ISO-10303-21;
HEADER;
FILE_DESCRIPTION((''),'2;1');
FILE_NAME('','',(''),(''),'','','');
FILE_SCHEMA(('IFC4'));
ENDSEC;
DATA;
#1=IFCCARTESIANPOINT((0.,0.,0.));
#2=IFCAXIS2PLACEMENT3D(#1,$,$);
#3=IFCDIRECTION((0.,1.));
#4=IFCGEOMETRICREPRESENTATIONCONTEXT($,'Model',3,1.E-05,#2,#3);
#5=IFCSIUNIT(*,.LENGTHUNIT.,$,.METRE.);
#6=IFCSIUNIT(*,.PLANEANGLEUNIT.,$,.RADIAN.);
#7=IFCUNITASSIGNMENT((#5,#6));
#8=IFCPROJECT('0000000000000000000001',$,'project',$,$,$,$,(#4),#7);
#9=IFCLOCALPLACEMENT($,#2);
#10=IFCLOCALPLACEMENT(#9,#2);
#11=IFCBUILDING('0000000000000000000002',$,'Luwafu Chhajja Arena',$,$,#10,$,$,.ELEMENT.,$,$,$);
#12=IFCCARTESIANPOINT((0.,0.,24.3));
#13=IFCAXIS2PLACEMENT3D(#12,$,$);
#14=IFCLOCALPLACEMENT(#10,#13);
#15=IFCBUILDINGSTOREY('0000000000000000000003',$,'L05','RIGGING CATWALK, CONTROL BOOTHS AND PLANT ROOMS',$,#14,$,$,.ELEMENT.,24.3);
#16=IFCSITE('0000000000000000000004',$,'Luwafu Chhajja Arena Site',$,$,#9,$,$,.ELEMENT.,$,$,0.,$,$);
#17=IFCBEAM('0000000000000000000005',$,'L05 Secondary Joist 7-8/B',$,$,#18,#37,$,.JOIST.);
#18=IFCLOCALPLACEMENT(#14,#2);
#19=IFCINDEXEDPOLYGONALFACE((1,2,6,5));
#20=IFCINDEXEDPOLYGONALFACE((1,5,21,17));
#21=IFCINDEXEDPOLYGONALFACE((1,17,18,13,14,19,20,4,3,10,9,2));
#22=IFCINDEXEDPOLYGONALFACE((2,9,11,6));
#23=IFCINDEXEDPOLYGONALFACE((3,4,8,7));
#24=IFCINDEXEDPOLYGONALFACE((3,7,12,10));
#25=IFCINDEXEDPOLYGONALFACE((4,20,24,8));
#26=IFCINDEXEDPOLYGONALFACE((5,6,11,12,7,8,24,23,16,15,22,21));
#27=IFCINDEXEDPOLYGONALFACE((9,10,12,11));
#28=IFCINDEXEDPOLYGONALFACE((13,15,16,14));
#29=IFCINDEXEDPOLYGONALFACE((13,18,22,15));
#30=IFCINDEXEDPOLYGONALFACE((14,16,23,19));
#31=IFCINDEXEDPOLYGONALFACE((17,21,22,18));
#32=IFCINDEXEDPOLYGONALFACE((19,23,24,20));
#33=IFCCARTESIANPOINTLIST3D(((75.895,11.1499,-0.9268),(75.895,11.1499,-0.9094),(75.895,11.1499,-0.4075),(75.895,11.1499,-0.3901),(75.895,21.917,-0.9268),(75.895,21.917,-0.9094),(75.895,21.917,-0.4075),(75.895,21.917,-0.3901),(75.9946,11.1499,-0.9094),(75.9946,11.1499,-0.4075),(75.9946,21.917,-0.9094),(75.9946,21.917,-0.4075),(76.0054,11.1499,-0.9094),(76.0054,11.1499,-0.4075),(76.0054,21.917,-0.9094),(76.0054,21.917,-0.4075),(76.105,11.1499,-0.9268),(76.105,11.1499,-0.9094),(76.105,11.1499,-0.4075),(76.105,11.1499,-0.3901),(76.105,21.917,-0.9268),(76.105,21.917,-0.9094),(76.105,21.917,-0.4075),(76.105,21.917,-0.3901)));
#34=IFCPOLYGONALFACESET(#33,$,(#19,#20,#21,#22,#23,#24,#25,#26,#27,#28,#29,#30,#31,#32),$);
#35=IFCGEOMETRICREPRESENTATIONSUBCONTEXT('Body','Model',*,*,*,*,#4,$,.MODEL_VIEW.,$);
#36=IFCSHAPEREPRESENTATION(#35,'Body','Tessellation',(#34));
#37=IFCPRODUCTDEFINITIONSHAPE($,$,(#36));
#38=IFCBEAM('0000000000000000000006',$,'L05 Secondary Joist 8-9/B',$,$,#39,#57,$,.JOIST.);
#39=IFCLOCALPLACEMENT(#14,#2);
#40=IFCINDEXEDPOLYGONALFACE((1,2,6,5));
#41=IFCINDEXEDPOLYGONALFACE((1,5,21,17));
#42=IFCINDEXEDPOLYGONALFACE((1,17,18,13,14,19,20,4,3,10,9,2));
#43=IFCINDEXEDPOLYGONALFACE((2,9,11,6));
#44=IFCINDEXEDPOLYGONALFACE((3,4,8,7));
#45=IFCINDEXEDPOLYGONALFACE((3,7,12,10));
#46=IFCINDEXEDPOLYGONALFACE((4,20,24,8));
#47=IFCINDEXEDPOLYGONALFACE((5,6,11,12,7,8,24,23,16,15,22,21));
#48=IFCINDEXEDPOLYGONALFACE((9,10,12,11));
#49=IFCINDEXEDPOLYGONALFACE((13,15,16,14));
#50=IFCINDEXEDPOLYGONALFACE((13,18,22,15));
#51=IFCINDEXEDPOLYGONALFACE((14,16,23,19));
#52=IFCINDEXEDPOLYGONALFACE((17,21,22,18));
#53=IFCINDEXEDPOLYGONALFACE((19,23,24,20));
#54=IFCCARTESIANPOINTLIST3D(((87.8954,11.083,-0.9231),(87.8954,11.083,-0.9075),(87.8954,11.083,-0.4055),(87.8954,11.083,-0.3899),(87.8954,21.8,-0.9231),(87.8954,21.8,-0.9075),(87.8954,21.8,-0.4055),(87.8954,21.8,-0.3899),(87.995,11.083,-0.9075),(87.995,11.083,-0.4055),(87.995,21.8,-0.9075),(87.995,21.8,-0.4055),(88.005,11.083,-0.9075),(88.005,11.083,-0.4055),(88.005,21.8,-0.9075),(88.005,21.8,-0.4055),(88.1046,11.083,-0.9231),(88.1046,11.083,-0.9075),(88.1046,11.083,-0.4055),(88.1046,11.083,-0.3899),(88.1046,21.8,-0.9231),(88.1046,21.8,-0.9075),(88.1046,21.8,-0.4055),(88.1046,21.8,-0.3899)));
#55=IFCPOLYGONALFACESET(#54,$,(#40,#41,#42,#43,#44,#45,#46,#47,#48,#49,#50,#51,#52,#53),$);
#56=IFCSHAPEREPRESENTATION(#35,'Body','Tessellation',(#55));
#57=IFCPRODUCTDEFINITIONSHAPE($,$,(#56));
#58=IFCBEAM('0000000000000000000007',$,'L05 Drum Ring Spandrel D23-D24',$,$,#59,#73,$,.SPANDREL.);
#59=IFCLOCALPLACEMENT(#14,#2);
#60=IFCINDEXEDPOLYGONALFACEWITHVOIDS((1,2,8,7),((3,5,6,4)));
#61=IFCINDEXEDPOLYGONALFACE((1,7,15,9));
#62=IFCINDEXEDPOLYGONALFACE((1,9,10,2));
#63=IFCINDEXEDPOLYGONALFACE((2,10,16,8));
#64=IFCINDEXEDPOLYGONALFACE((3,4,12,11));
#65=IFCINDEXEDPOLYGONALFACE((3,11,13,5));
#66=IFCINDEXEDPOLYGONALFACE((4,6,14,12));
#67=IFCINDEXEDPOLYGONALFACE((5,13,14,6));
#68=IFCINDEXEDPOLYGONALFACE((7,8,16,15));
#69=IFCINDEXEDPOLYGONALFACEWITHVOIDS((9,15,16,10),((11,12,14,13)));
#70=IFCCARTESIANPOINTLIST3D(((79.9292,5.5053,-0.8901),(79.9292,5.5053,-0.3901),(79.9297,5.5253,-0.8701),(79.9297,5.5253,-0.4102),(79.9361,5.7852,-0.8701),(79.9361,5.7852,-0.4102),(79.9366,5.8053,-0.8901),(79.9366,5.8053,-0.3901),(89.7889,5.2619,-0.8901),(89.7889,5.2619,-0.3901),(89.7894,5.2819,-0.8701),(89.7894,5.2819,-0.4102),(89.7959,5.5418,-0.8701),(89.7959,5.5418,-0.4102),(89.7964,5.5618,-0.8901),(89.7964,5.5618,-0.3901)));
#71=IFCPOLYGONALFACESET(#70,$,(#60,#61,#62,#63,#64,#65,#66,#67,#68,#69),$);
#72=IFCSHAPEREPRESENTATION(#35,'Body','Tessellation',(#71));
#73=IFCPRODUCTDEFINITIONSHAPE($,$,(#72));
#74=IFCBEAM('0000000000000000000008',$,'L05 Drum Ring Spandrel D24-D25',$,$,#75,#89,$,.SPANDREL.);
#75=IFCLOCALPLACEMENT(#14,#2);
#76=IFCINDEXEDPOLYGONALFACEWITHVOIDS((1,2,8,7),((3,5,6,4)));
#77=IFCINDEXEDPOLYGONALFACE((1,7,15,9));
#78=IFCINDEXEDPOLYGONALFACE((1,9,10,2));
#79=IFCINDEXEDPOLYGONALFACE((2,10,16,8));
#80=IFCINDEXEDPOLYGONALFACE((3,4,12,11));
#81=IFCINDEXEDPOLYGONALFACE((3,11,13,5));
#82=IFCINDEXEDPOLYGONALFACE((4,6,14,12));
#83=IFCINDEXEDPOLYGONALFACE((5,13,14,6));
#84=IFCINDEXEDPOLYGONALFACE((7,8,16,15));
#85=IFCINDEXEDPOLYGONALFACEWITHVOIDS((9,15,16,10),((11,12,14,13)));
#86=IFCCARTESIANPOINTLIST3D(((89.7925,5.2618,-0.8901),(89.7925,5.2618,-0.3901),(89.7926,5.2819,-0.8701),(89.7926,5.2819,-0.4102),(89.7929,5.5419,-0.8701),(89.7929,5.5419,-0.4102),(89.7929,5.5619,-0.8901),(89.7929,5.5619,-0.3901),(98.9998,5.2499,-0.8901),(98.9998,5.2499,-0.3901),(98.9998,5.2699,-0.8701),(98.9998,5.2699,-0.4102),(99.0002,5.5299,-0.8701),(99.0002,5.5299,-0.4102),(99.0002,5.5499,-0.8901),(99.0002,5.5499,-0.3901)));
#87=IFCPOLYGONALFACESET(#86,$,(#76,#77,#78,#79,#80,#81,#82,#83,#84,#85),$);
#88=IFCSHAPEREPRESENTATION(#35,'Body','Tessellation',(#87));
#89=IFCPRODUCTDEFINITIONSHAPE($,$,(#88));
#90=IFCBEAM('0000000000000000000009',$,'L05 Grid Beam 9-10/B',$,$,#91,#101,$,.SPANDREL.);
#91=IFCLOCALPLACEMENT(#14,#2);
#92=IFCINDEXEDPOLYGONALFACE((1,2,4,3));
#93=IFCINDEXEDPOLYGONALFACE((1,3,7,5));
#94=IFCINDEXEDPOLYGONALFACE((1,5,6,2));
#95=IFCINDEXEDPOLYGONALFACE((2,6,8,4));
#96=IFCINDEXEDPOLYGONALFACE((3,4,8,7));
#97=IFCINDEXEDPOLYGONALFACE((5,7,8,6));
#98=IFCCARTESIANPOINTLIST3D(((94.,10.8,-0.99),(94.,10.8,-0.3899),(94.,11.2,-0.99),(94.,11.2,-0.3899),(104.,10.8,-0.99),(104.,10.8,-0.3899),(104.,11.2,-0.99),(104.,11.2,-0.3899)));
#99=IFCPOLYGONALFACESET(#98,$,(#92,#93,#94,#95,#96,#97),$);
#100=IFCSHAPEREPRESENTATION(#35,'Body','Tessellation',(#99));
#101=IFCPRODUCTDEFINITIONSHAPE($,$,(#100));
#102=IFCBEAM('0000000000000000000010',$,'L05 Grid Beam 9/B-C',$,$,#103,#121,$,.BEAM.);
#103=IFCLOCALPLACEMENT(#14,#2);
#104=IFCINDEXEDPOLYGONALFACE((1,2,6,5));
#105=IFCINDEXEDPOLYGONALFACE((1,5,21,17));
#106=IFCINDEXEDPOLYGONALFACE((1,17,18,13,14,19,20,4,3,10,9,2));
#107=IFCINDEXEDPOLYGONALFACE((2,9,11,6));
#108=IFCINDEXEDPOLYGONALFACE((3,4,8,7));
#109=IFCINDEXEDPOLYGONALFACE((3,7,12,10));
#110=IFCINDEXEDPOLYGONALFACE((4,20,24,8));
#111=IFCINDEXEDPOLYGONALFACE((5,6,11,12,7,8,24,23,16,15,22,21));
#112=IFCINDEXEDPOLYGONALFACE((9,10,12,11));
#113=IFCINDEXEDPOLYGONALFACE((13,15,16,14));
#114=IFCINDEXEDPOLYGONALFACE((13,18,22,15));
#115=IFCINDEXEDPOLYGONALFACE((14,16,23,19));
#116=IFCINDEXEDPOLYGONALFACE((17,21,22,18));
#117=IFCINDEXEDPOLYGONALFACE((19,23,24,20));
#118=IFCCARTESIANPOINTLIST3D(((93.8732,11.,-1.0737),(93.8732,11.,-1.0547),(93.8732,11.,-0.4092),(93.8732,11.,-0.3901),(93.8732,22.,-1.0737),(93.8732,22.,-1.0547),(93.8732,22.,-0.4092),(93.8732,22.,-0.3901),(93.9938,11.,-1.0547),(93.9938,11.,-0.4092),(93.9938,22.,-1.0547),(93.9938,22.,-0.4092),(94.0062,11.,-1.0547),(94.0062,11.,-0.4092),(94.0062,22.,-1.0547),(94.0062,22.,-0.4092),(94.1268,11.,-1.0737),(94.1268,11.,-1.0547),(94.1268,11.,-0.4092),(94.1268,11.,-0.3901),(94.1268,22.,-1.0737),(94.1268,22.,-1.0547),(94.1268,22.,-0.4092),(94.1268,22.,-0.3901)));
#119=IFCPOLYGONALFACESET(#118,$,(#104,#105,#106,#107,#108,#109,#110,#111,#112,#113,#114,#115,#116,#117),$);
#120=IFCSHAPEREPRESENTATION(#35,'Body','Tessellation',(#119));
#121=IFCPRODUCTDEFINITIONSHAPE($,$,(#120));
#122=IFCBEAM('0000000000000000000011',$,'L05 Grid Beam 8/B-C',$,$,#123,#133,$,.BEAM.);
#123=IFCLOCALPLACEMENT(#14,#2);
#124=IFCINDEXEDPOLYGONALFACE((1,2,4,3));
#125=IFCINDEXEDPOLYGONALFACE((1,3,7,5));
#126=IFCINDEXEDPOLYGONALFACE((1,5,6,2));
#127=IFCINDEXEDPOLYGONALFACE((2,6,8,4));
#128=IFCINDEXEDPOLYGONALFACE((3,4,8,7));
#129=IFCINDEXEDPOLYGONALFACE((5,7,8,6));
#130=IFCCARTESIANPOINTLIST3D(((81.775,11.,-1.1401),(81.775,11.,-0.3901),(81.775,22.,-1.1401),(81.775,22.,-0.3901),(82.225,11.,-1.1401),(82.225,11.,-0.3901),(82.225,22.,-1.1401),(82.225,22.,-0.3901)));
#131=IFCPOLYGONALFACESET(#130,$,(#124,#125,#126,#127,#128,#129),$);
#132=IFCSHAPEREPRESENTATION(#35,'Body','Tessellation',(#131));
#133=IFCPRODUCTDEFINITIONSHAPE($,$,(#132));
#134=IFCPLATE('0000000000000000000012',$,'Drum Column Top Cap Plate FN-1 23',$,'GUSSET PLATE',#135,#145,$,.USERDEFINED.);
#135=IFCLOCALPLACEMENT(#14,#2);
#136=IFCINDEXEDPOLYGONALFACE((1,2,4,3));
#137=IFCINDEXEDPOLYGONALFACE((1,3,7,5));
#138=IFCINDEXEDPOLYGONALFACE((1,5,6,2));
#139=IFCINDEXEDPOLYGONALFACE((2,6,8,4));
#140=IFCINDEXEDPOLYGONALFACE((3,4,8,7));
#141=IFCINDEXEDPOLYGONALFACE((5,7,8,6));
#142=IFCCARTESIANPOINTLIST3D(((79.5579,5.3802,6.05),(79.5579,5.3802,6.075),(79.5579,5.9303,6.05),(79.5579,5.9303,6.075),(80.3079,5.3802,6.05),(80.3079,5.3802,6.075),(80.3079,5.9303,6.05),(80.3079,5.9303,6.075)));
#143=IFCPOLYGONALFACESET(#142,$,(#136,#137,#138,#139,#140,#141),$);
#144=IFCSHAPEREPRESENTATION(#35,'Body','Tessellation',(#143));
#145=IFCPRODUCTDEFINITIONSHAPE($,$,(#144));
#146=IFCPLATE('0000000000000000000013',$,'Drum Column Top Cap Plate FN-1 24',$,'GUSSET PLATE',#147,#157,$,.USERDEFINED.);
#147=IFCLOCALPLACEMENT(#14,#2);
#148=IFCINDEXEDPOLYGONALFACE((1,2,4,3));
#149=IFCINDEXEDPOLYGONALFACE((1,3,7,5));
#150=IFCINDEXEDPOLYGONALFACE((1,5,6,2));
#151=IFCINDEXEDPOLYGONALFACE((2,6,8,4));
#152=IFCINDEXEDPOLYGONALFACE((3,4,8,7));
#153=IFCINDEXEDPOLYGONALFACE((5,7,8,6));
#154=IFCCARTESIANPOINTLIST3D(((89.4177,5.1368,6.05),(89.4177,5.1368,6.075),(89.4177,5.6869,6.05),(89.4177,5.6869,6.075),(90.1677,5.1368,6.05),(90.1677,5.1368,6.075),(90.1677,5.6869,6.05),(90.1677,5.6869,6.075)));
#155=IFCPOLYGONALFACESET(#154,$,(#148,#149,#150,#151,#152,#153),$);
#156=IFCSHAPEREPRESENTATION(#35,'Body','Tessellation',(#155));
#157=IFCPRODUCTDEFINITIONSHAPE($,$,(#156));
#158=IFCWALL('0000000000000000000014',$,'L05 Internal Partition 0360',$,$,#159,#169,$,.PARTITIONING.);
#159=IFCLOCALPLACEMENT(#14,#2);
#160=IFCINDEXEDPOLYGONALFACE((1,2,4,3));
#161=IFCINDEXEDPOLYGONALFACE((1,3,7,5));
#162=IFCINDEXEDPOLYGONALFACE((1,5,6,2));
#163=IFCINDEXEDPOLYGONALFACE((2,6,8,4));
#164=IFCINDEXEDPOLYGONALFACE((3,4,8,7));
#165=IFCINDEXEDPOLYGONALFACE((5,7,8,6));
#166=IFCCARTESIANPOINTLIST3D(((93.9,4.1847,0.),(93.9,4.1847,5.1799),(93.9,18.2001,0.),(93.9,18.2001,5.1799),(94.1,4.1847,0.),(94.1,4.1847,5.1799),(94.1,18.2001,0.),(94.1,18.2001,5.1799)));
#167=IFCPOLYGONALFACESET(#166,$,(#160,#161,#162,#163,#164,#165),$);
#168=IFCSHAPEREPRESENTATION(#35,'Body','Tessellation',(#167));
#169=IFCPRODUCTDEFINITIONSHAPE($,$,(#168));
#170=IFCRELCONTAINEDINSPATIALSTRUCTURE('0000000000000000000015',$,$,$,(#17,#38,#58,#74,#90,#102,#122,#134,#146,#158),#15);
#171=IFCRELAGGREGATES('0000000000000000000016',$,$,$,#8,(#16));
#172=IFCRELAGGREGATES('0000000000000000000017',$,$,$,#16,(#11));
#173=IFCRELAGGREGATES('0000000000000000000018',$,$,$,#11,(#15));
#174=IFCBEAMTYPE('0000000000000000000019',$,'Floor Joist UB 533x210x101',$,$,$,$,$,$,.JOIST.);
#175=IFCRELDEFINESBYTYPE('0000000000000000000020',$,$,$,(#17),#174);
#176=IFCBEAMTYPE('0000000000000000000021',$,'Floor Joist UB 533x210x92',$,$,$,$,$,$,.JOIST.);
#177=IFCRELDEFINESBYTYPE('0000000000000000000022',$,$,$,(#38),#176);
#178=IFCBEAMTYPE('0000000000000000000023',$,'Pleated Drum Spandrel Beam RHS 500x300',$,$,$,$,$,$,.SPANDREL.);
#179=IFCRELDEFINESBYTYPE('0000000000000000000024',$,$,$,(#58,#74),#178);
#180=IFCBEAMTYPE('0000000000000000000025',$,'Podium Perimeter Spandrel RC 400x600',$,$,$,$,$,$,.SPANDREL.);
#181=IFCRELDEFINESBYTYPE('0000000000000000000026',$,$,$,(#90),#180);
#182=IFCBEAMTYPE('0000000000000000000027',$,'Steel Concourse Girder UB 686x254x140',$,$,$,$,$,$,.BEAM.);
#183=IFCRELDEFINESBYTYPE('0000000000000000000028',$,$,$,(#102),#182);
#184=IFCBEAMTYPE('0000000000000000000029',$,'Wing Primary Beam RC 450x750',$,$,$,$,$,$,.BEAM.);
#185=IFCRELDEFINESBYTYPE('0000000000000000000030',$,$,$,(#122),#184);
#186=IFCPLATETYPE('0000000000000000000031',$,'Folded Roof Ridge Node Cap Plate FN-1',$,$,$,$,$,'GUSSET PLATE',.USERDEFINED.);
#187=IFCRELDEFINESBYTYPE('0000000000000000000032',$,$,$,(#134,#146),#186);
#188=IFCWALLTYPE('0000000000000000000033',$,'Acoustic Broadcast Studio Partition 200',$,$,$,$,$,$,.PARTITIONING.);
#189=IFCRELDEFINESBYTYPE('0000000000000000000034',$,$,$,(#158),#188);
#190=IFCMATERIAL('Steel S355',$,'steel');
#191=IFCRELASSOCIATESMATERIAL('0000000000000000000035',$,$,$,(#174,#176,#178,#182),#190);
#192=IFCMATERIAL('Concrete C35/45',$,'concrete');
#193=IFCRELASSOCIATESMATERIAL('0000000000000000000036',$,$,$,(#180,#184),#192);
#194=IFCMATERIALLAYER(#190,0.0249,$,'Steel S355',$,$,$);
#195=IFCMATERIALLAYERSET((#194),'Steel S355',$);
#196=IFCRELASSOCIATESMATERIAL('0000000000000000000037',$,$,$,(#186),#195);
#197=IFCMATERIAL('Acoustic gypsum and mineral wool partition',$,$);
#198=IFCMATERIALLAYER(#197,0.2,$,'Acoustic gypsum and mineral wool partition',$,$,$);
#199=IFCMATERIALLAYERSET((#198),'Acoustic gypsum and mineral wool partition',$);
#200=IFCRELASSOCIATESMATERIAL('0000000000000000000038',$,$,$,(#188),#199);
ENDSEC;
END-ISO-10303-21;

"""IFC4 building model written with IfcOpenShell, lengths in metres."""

from ifc_helpers import new_model, si_unit, direction, frame, frame_2d, origin, origin_2d, place, context, subcontext, project, spatial, rectangle, hollow_rectangle, i_section, extrude, material, layer, layer_set, material_profile, profile_set, type_object, element, save


model = new_model("IFC4")

# Units and contexts
model_context = context("Model", 3, precision=1e-05, world=origin(), true_north=direction((0.0, 1.0)))
body_context = subcontext(model_context, "Body", "Model", "MODEL_VIEW")
ifc_project = project(units=[si_unit("LENGTHUNIT", "METRE"), si_unit("PLANEANGLEUNIT", "RADIAN")], contexts=[model_context])

# Site, building, storey
site_placement = place(None, origin())
site = spatial("IfcSite", under=ifc_project, at=site_placement, Name="Luwafu Chhajja Arena Site", CompositionType="ELEMENT", RefElevation=0.0)
building_placement = place(site_placement, origin())
building = spatial("IfcBuilding", under=site, at=building_placement, Name="Luwafu Chhajja Arena", CompositionType="ELEMENT")
storey_placement = place(building_placement, frame((0.0, 0.0, 24.3)))
storey = spatial("IfcBuildingStorey", under=building, at=storey_placement, Name="L05", Description="RIGGING CATWALK, CONTROL BOOTHS AND PLANT ROOMS", CompositionType="ELEMENT", Elevation=24.3)

# Shared definitions
ifc_material_1 = material(Name="Steel S355", Category="steel")

# Beams
ifc_material_profile_1 = material_profile(ifc_material_1, i_section(OverallWidth=0.21, OverallDepth=0.5366, WebThickness=0.0107, FlangeThickness=0.0173, at=origin_2d()), Name="UB 533x210x101")
ifc_profile_set_1 = profile_set([ifc_material_profile_1], Name="Steel S355")
beam_type_1 = type_object("IfcBeamType", Name="Floor Joist UB 533x210x101", PredefinedType="JOIST", material=ifc_profile_set_1)
beam_1_placement = place(storey_placement, frame((76.0, 11.1499, -0.6584), z_axis=(0.0, 1.0, 0.0), x_axis=(-1.0, 0.0, 0.0)))
element("IfcBeam", 1, at=beam_1_placement, inside=storey, type_object=beam_type_1, Name="L05 Secondary Joist 7-8/B", PredefinedType="JOIST", context=body_context, shape_type="SweptSolid", body=[
    extrude(i_section(OverallWidth=0.21, OverallDepth=0.5366, WebThickness=0.0107, FlangeThickness=0.0173, at=origin_2d()), origin(), (0.0, 0.0, 1.0), 10.7671),
])
ifc_material_profile_2 = material_profile(ifc_material_1, i_section(OverallWidth=0.2092, OverallDepth=0.5332, WebThickness=0.01, FlangeThickness=0.0156, at=origin_2d()), Name="UB 533x210x92")
ifc_profile_set_2 = profile_set([ifc_material_profile_2], Name="Steel S355")
beam_type_2 = type_object("IfcBeamType", Name="Floor Joist UB 533x210x92", PredefinedType="JOIST", material=ifc_profile_set_2)
beam_2_placement = place(storey_placement, frame((88.0, 11.083, -0.6565), z_axis=(0.0, 1.0, 0.0), x_axis=(-1.0, 0.0, 0.0)))
element("IfcBeam", 2, at=beam_2_placement, inside=storey, type_object=beam_type_2, Name="L05 Secondary Joist 8-9/B", PredefinedType="JOIST", context=body_context, shape_type="SweptSolid", body=[
    extrude(i_section(OverallWidth=0.2092, OverallDepth=0.5332, WebThickness=0.01, FlangeThickness=0.0156, at=origin_2d()), origin(), (0.0, 0.0, 1.0), 10.717),
])
ifc_material_profile_3 = material_profile(ifc_material_1, hollow_rectangle(XDim=0.3, YDim=0.5, WallThickness=0.02, at=origin_2d()), Name="RHS 500x300x20")
ifc_profile_set_3 = profile_set([ifc_material_profile_3], Name="Steel S355")
beam_type_3 = type_object("IfcBeamType", Name="Pleated Drum Spandrel Beam RHS 500x300", PredefinedType="SPANDREL", material=ifc_profile_set_3)
beam_3_placement = place(storey_placement, frame((79.9329, 5.6553, -0.6401), z_axis=(0.999695, -0.024679, 0.0), x_axis=(0.024679, 0.999695, 0.0)))
element("IfcBeam", 3, at=beam_3_placement, inside=storey, type_object=beam_type_3, Name="L05 Drum Ring Spandrel D23-D24", PredefinedType="SPANDREL", context=body_context, shape_type="SweptSolid", body=[
    extrude(hollow_rectangle(XDim=0.3, YDim=0.5, WallThickness=0.02, at=origin_2d()), origin(), (0.0, 0.0, 1.0), 9.8628),
])
beam_4_placement = place(storey_placement, frame((89.7927, 5.4119, -0.6401), z_axis=(0.999999, -0.001299, 0.0), x_axis=(0.001299, 0.999999, 0.0)))
element("IfcBeam", 4, at=beam_4_placement, inside=storey, type_object=beam_type_3, Name="L05 Drum Ring Spandrel D24-D25", PredefinedType="SPANDREL", context=body_context, shape_type="SweptSolid", body=[
    extrude(hollow_rectangle(XDim=0.3, YDim=0.5, WallThickness=0.02, at=origin_2d()), origin(), (0.0, 0.0, 1.0), 9.2073),
])
ifc_material_2 = material(Name="Concrete C35/45", Category="concrete")
ifc_material_profile_4 = material_profile(ifc_material_2, rectangle(XDim=0.3999, YDim=0.6001, at=origin_2d()), Name="RC 400x600")
ifc_profile_set_4 = profile_set([ifc_material_profile_4], Name="Concrete C35/45")
beam_type_4 = type_object("IfcBeamType", Name="Podium Perimeter Spandrel RC 400x600", PredefinedType="SPANDREL", material=ifc_profile_set_4)
beam_5_placement = place(storey_placement, frame((94.0, 11.0, -0.6899), z_axis=(1.0, 0.0, 0.0), x_axis=(0.0, 1.0, 0.0)))
element("IfcBeam", 5, at=beam_5_placement, inside=storey, type_object=beam_type_4, Name="L05 Grid Beam 9-10/B", PredefinedType="SPANDREL", context=body_context, shape_type="SweptSolid", body=[
    extrude(rectangle(XDim=0.3999, YDim=0.6001, at=origin_2d()), origin(), (0.0, 0.0, 1.0), 10.0),
])
ifc_material_profile_5 = material_profile(ifc_material_1, i_section(OverallWidth=0.2537, OverallDepth=0.6836, WebThickness=0.0125, FlangeThickness=0.019, at=origin_2d()), Name="UB 686x254x140")
ifc_profile_set_5 = profile_set([ifc_material_profile_5], Name="Steel S355")
beam_type_5 = type_object("IfcBeamType", Name="Steel Concourse Girder UB 686x254x140", PredefinedType="BEAM", material=ifc_profile_set_5)
beam_6_placement = place(storey_placement, frame((94.0, 11.0, -0.7319), z_axis=(0.0, 1.0, 0.0), x_axis=(-1.0, 0.0, 0.0)))
element("IfcBeam", 6, at=beam_6_placement, inside=storey, type_object=beam_type_5, Name="L05 Grid Beam 9/B-C", PredefinedType="BEAM", context=body_context, shape_type="SweptSolid", body=[
    extrude(i_section(OverallWidth=0.2537, OverallDepth=0.6836, WebThickness=0.0125, FlangeThickness=0.019, at=origin_2d()), origin(), (0.0, 0.0, 1.0), 11.0),
])
ifc_material_profile_6 = material_profile(ifc_material_2, rectangle(XDim=0.45, YDim=0.75, at=origin_2d()), Name="RC 450x750")
ifc_profile_set_6 = profile_set([ifc_material_profile_6], Name="Concrete C35/45")
beam_type_6 = type_object("IfcBeamType", Name="Wing Primary Beam RC 450x750", PredefinedType="BEAM", material=ifc_profile_set_6)
beam_7_placement = place(storey_placement, frame((82.0, 11.0, -0.7651), z_axis=(0.0, 1.0, 0.0), x_axis=(-1.0, 0.0, 0.0)))
element("IfcBeam", 7, at=beam_7_placement, inside=storey, type_object=beam_type_6, Name="L05 Grid Beam 8/B-C", PredefinedType="BEAM", context=body_context, shape_type="SweptSolid", body=[
    extrude(rectangle(XDim=0.45, YDim=0.75, at=origin_2d()), origin(), (0.0, 0.0, 1.0), 11.0),
])

# Plates
ifc_layer_1 = layer(ifc_material_1, 0.0249, Name="Steel S355")
ifc_layer_set_1 = layer_set([ifc_layer_1], Name="Steel S355")
plate_type = type_object("IfcPlateType", Name="Folded Roof Ridge Node Cap Plate FN-1", ElementType="GUSSET PLATE", PredefinedType="USERDEFINED", material=ifc_layer_set_1)
for number, where, z_axis, x_axis, name in (
    (8, (79.9329, 5.6553, 6.05), (0.0, 0.0, 1.0), (1.0, 0.0, 0.0), "Drum Column Top Cap Plate FN-1 23"),
    (9, (89.7927, 5.4119, 6.05), (0.0, 0.0, 1.0), (1.0, 0.0, 0.0), "Drum Column Top Cap Plate FN-1 24"),
):
    element("IfcPlate", number, at=place(storey_placement, frame(where, z_axis=z_axis, x_axis=x_axis)), inside=storey, type_object=plate_type, Name=name, ObjectType="GUSSET PLATE", PredefinedType="USERDEFINED", context=body_context, shape_type="SweptSolid", body=[
        extrude(rectangle(XDim=0.75, YDim=0.55, at=origin_2d()), origin(), (0.0, 0.0, 1.0), 0.0249),
    ])

# Wall
ifc_material_3 = material(Name="Acoustic gypsum and mineral wool partition")
ifc_layer_2 = layer(ifc_material_3, 0.2, Name="Acoustic gypsum and mineral wool partition")
ifc_layer_set_2 = layer_set([ifc_layer_2], Name="Acoustic gypsum and mineral wool partition")
wall_type_1 = type_object("IfcWallType", Name="Acoustic Broadcast Studio Partition 200", PredefinedType="PARTITIONING", material=ifc_layer_set_2)
wall_1_placement = place(storey_placement, frame((94.0, 4.1846, 0.0), z_axis=(0.0, 0.0, 1.0), x_axis=(0.0, 1.0, 0.0)))
element("IfcWall", 10, at=wall_1_placement, inside=storey, type_object=wall_type_1, Name="L05 Internal Partition 0360", PredefinedType="PARTITIONING", context=body_context, shape_type="SweptSolid", body=[
    extrude(rectangle(XDim=14.0154, YDim=0.2, at=frame_2d((7.0078, 0.0))), origin(), (0.0, 0.0, 1.0), 5.1799),
])

save(model, "model.ifc")
